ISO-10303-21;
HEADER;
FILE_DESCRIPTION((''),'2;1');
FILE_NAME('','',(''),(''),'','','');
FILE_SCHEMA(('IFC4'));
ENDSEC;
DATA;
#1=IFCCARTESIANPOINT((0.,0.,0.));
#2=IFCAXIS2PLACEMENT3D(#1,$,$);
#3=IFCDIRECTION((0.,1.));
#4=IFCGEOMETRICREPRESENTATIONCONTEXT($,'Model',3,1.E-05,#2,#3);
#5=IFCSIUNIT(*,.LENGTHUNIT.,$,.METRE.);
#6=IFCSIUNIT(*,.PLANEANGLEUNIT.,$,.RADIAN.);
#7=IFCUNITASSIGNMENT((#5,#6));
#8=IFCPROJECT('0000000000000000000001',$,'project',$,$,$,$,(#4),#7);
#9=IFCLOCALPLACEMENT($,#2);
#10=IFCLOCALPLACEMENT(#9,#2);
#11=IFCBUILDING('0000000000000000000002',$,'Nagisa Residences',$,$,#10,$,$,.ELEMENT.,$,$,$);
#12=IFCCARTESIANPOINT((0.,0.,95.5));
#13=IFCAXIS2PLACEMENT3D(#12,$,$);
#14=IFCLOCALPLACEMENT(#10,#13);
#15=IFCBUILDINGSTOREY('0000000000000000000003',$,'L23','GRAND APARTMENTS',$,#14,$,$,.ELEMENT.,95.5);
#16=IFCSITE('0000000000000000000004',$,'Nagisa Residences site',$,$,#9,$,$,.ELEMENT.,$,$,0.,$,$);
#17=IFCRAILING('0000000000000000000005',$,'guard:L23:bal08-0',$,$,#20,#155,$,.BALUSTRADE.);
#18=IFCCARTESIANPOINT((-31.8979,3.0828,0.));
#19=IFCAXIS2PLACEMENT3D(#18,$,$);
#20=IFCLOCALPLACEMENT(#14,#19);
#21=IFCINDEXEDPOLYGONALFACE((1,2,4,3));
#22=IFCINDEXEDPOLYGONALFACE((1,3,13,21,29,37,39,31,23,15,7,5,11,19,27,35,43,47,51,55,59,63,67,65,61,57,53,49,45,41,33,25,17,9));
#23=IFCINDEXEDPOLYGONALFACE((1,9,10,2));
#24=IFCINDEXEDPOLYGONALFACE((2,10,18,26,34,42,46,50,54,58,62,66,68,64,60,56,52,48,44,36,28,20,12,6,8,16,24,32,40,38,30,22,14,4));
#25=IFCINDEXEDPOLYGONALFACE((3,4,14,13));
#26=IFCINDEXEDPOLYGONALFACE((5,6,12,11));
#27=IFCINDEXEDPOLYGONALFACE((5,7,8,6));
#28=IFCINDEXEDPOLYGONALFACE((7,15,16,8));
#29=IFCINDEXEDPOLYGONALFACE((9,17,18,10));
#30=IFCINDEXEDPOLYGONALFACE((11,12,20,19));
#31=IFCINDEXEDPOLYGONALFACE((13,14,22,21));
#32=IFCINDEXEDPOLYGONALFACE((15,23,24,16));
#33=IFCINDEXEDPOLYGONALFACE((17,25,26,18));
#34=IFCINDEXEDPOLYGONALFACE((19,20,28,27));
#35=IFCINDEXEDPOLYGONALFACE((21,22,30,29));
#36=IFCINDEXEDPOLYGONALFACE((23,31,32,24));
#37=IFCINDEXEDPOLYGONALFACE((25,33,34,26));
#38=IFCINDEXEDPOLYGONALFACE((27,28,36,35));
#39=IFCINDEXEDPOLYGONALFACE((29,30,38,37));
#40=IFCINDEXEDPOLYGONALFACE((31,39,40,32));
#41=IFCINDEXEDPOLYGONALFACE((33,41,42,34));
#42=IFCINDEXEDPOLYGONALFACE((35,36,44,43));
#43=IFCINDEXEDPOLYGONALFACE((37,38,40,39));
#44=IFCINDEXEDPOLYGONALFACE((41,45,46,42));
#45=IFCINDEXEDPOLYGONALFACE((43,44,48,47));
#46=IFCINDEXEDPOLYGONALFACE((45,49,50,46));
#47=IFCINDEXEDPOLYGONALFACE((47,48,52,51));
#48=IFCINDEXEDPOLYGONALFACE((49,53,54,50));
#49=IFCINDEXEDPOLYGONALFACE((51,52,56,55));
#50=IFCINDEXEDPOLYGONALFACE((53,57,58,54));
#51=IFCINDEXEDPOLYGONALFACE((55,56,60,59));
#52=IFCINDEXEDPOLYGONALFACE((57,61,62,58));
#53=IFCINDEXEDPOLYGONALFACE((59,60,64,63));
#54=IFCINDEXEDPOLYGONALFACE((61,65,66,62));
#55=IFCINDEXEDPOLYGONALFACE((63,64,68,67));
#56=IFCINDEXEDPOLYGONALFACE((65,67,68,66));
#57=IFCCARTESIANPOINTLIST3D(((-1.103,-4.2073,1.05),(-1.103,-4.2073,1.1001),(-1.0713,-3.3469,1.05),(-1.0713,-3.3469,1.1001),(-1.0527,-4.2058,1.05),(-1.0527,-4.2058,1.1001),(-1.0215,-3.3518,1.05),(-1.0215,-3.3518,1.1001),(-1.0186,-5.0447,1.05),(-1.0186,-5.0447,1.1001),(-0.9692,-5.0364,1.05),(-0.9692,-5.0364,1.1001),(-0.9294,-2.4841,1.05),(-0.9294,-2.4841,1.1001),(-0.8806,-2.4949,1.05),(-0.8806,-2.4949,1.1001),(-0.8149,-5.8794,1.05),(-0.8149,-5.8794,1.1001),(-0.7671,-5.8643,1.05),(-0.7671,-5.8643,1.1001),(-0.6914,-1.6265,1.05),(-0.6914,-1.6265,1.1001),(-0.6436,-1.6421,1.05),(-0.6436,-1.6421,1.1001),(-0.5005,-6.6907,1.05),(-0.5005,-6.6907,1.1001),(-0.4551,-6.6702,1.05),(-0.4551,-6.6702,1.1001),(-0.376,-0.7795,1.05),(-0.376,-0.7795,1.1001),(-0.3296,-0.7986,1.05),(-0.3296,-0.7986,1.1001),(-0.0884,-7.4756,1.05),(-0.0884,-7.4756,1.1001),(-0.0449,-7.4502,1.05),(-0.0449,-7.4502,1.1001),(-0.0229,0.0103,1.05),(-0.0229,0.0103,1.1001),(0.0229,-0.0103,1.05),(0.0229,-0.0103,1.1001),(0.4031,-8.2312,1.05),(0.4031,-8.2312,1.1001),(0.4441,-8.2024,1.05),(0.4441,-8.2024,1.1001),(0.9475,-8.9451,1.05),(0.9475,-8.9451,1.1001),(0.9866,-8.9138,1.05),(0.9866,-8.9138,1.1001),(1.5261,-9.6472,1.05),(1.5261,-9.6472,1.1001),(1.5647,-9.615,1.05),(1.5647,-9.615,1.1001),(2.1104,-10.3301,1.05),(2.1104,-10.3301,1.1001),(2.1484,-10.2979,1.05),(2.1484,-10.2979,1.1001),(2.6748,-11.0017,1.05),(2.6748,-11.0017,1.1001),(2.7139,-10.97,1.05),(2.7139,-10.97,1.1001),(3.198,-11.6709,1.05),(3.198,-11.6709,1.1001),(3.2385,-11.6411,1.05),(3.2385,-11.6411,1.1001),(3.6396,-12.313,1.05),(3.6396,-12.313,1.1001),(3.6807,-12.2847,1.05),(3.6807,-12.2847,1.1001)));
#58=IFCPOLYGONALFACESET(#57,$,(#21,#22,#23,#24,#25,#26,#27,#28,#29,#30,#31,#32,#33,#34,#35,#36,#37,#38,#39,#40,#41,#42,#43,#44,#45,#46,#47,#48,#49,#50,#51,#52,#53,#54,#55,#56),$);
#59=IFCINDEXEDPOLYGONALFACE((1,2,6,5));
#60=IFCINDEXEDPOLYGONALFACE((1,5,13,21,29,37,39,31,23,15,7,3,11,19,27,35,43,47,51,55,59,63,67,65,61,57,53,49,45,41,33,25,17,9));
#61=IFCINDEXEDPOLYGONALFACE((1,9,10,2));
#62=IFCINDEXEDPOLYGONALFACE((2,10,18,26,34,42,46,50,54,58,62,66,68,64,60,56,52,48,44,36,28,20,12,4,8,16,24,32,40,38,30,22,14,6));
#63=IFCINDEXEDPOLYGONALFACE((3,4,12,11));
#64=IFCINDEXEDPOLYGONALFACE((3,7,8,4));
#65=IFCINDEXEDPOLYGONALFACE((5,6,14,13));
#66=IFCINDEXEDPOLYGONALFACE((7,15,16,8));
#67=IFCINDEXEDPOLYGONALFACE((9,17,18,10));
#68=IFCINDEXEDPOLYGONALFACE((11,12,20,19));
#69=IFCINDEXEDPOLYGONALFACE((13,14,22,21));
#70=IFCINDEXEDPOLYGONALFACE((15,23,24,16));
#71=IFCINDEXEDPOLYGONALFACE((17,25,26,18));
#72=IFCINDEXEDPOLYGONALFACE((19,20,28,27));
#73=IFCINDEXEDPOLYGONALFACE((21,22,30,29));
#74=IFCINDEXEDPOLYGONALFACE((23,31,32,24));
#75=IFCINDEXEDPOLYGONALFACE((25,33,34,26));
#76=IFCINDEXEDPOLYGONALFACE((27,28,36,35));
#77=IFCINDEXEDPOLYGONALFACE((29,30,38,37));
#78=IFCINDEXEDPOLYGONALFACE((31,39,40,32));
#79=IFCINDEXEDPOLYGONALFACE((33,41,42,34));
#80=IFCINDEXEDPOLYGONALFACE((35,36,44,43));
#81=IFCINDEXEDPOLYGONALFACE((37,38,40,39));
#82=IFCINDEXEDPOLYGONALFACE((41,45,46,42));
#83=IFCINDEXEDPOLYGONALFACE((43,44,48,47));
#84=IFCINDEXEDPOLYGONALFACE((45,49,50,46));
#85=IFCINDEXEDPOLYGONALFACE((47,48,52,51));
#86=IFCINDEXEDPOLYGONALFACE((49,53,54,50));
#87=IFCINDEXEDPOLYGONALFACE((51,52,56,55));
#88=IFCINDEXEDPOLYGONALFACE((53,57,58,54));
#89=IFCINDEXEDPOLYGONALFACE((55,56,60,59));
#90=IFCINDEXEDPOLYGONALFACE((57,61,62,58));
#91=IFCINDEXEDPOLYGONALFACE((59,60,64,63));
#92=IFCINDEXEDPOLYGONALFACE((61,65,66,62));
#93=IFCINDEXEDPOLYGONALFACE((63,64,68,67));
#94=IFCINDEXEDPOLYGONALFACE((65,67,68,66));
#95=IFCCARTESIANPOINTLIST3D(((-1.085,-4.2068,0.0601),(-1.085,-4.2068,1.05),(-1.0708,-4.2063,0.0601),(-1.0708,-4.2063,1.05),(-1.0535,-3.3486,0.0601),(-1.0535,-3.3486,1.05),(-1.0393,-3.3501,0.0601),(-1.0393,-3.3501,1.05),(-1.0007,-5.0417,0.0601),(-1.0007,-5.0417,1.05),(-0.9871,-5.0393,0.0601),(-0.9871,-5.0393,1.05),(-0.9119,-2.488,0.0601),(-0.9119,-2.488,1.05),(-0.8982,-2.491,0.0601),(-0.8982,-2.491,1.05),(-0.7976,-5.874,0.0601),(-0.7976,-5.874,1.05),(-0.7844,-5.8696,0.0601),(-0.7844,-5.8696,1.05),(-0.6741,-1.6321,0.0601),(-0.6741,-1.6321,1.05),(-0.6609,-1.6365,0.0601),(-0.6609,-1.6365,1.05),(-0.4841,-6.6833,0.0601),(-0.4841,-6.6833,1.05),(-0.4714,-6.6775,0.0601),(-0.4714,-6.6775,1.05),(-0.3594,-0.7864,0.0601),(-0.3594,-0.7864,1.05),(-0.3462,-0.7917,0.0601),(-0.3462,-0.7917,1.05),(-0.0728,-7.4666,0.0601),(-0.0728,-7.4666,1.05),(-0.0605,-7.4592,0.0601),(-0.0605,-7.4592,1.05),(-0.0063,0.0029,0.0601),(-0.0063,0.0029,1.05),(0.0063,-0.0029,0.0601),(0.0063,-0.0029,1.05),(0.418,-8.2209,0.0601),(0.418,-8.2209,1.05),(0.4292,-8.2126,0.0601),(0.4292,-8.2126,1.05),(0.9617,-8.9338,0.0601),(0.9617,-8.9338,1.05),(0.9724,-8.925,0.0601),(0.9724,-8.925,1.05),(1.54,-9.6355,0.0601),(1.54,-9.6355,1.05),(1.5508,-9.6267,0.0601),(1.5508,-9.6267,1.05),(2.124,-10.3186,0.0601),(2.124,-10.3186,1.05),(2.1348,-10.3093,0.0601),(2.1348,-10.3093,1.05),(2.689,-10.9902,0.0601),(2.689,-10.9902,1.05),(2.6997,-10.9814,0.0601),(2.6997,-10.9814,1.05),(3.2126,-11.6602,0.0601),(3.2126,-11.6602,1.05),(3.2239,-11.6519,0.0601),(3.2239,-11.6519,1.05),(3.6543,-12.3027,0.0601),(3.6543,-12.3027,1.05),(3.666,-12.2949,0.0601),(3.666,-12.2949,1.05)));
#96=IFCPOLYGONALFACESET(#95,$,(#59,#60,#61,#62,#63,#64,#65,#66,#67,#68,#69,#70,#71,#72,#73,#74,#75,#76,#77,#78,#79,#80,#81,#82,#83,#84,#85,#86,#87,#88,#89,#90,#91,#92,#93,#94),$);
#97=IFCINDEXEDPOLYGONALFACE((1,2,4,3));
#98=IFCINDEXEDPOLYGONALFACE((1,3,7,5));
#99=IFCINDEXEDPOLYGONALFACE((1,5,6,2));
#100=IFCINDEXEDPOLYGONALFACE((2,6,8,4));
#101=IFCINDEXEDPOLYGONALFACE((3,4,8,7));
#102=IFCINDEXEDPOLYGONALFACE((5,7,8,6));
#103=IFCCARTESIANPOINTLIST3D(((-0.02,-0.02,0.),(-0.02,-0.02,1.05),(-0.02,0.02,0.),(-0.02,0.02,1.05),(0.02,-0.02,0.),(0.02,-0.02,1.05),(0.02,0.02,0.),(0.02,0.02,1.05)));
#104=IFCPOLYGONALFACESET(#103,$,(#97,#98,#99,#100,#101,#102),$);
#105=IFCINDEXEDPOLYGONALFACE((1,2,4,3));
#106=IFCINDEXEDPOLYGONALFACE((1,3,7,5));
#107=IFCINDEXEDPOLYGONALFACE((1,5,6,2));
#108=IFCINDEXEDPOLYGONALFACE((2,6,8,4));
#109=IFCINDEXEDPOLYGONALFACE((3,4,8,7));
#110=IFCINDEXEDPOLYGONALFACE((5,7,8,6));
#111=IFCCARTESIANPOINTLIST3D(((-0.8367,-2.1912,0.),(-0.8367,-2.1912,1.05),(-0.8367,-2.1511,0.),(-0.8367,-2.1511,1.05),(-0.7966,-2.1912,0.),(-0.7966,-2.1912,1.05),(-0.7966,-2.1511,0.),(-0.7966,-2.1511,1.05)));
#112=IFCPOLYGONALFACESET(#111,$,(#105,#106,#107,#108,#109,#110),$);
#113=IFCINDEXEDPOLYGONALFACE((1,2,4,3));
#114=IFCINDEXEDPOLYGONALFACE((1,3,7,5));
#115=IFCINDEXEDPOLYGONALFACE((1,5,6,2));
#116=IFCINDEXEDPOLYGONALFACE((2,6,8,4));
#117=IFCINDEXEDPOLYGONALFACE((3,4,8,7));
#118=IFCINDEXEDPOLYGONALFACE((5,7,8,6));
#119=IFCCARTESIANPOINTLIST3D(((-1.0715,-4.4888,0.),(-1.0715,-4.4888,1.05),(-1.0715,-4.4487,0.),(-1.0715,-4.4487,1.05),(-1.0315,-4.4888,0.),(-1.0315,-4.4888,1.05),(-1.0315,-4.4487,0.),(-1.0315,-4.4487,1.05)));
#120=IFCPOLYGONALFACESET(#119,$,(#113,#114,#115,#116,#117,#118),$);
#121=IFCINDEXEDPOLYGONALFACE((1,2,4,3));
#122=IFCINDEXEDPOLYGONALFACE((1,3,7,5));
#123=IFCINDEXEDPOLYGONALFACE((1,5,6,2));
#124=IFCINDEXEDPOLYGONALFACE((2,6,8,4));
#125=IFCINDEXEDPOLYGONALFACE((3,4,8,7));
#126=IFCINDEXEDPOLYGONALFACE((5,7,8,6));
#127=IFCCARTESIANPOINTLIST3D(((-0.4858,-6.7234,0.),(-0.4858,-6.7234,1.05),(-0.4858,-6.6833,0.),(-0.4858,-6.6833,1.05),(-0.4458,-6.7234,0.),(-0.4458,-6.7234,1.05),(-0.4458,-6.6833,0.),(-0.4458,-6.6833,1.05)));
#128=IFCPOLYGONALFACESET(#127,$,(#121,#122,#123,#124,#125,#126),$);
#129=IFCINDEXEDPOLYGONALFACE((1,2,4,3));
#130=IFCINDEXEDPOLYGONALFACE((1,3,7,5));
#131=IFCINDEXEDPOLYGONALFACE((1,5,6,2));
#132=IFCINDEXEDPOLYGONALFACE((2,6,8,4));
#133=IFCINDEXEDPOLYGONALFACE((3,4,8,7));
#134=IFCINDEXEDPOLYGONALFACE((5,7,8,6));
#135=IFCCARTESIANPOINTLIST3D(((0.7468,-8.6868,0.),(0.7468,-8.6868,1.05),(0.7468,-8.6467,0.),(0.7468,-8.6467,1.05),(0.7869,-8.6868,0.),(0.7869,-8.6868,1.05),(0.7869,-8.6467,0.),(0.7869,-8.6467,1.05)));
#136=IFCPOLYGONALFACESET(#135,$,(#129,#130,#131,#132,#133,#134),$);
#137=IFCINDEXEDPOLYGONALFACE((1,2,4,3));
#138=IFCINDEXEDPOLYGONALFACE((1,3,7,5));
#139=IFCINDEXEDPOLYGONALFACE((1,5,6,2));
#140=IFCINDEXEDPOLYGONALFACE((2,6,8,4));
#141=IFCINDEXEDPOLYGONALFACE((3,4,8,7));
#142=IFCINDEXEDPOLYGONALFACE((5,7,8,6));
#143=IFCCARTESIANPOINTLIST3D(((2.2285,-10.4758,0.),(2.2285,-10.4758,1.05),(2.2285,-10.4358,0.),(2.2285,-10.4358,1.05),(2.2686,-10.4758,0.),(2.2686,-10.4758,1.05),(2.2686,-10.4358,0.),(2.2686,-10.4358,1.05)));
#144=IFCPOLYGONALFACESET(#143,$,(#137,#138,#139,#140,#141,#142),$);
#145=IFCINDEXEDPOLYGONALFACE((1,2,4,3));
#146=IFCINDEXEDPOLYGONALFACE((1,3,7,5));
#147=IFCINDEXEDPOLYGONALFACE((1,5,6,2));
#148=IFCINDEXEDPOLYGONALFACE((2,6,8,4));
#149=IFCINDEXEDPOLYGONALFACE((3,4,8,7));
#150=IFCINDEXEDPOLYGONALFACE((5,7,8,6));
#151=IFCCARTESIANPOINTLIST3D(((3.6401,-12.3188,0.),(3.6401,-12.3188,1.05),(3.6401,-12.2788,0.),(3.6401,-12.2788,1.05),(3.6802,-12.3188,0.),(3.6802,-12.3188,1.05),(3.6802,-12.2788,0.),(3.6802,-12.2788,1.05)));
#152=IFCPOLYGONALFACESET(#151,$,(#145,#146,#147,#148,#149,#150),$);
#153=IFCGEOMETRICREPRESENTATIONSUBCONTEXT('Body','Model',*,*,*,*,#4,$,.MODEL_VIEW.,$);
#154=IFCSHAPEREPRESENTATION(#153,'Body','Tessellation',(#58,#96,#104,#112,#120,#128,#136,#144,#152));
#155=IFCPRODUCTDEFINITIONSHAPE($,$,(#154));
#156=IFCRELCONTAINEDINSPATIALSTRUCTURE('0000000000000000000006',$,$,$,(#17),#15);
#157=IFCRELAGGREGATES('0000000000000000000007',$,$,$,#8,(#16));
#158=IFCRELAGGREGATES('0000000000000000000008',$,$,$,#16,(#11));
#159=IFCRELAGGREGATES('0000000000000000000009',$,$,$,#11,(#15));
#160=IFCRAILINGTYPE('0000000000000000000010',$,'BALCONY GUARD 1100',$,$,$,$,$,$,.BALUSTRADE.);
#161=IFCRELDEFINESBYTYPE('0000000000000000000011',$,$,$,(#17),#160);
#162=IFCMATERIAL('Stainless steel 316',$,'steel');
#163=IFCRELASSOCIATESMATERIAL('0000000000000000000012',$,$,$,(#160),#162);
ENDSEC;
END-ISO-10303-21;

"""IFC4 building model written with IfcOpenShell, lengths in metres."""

from ifc_helpers import new_model, si_unit, direction, frame, origin, origin_2d, place, context, subcontext, project, spatial, polyline, rectangle, outline, extrude, material, type_object, element, save


model = new_model("IFC4")

# Units and contexts
model_context = context("Model", 3, precision=1e-05, world=origin(), true_north=direction((0.0, 1.0)))
body_context = subcontext(model_context, "Body", "Model", "MODEL_VIEW")
ifc_project = project(units=[si_unit("LENGTHUNIT", "METRE"), si_unit("PLANEANGLEUNIT", "RADIAN")], contexts=[model_context])

# Site, building, storey
site_placement = place(None, origin())
site = spatial("IfcSite", under=ifc_project, at=site_placement, Name="Nagisa Residences site", CompositionType="ELEMENT", RefElevation=0.0)
building_placement = place(site_placement, origin())
building = spatial("IfcBuilding", under=site, at=building_placement, Name="Nagisa Residences", CompositionType="ELEMENT")
storey_placement = place(building_placement, frame((0.0, 0.0, 95.5)))
storey = spatial("IfcBuildingStorey", under=building, at=storey_placement, Name="L23", Description="GRAND APARTMENTS", CompositionType="ELEMENT", Elevation=95.5)

# Railing
ifc_material_1 = material(Name="Stainless steel 316", Category="steel")
railing_type = type_object("IfcRailingType", Name="BALCONY GUARD 1100", PredefinedType="BALUSTRADE", material=ifc_material_1)
railing_1_placement = place(storey_placement, frame((-31.8979, 3.0828, 0.0)))
element("IfcRailing", 1, at=railing_1_placement, inside=storey, type_object=railing_type, Name="guard:L23:bal08-0", PredefinedType="BALUSTRADE", context=body_context, shape_type="SweptSolid", body=[
    extrude(outline(polyline([(-0.3296, -0.7986), (0.0229, -0.0103), (-0.0229, 0.0103), (-0.376, -0.7795), (-0.6914, -1.6265), (-0.9294, -2.4841), (-1.0713, -3.3469), (-1.103, -4.2073), (-1.0186, -5.0447), (-0.8149, -5.8794), (-0.5005, -6.6907), (-0.0884, -7.4756), (0.4031, -8.2312), (0.9475, -8.9451), (1.5261, -9.6472), (2.1104, -10.3301), (2.6748, -11.0017), (3.198, -11.6709), (3.6396, -12.313), (3.6807, -12.2847), (3.2385, -11.6411), (2.7139, -10.97), (2.1484, -10.2979), (1.5647, -9.615), (0.9866, -8.9138), (0.4441, -8.2024), (-0.0449, -7.4502), (-0.4551, -6.6702), (-0.7671, -5.8643), (-0.9692, -5.0364), (-1.0527, -4.2058), (-1.0215, -3.3518), (-0.8806, -2.4949), (-0.6436, -1.6421), (-0.3296, -0.7986)])), frame((0.0, 0.0, 1.05)), (0.0, 0.0, 1.0), 0.05),
    extrude(outline(polyline([(-0.3462, -0.7917), (0.0063, -0.0029), (-0.0063, 0.0029), (-0.3594, -0.7864), (-0.6741, -1.6321), (-0.9119, -2.488), (-1.0535, -3.3486), (-1.085, -4.2068), (-1.0007, -5.0417), (-0.7976, -5.874), (-0.4841, -6.6833), (-0.0728, -7.4666), (0.418, -8.2209), (0.9617, -8.9338), (1.54, -9.6355), (2.124, -10.3186), (2.689, -10.9902), (3.2126, -11.6602), (3.6543, -12.3027), (3.666, -12.2949), (3.2239, -11.6519), (2.6997, -10.9814), (2.1348, -10.3093), (1.5508, -9.6267), (0.9724, -8.925), (0.4292, -8.2126), (-0.0605, -7.4592), (-0.4714, -6.6775), (-0.7844, -5.8696), (-0.9871, -5.0393), (-1.0708, -4.2063), (-1.0393, -3.3501), (-0.8982, -2.491), (-0.6609, -1.6365), (-0.3462, -0.7917)])), frame((0.0, 0.0, 0.0601)), (0.0, 0.0, 1.0), 0.99),
    extrude(rectangle(XDim=0.04, YDim=0.04, at=origin_2d()), origin(), (0.0, 0.0, 1.0), 1.05),
    extrude(rectangle(XDim=0.04, YDim=0.04, at=origin_2d()), frame((-0.8167, -2.1711, 0.0)), (0.0, 0.0, 1.0), 1.05),
    extrude(rectangle(XDim=0.04, YDim=0.04, at=origin_2d()), frame((-1.0515, -4.4688, 0.0)), (0.0, 0.0, 1.0), 1.05),
    extrude(rectangle(XDim=0.04, YDim=0.04, at=origin_2d()), frame((-0.4658, -6.7034, 0.0)), (0.0, 0.0, 1.0), 1.05),
    extrude(rectangle(XDim=0.04, YDim=0.04, at=origin_2d()), frame((0.7668, -8.6667, 0.0)), (0.0, 0.0, 1.0), 1.05),
    extrude(rectangle(XDim=0.04, YDim=0.04, at=origin_2d()), frame((2.2485, -10.4558, 0.0)), (0.0, 0.0, 1.0), 1.05),
    extrude(rectangle(XDim=0.04, YDim=0.04, at=origin_2d()), frame((3.6602, -12.2988, 0.0)), (0.0, 0.0, 1.0), 1.05),
])

save(model, "model.ifc")
